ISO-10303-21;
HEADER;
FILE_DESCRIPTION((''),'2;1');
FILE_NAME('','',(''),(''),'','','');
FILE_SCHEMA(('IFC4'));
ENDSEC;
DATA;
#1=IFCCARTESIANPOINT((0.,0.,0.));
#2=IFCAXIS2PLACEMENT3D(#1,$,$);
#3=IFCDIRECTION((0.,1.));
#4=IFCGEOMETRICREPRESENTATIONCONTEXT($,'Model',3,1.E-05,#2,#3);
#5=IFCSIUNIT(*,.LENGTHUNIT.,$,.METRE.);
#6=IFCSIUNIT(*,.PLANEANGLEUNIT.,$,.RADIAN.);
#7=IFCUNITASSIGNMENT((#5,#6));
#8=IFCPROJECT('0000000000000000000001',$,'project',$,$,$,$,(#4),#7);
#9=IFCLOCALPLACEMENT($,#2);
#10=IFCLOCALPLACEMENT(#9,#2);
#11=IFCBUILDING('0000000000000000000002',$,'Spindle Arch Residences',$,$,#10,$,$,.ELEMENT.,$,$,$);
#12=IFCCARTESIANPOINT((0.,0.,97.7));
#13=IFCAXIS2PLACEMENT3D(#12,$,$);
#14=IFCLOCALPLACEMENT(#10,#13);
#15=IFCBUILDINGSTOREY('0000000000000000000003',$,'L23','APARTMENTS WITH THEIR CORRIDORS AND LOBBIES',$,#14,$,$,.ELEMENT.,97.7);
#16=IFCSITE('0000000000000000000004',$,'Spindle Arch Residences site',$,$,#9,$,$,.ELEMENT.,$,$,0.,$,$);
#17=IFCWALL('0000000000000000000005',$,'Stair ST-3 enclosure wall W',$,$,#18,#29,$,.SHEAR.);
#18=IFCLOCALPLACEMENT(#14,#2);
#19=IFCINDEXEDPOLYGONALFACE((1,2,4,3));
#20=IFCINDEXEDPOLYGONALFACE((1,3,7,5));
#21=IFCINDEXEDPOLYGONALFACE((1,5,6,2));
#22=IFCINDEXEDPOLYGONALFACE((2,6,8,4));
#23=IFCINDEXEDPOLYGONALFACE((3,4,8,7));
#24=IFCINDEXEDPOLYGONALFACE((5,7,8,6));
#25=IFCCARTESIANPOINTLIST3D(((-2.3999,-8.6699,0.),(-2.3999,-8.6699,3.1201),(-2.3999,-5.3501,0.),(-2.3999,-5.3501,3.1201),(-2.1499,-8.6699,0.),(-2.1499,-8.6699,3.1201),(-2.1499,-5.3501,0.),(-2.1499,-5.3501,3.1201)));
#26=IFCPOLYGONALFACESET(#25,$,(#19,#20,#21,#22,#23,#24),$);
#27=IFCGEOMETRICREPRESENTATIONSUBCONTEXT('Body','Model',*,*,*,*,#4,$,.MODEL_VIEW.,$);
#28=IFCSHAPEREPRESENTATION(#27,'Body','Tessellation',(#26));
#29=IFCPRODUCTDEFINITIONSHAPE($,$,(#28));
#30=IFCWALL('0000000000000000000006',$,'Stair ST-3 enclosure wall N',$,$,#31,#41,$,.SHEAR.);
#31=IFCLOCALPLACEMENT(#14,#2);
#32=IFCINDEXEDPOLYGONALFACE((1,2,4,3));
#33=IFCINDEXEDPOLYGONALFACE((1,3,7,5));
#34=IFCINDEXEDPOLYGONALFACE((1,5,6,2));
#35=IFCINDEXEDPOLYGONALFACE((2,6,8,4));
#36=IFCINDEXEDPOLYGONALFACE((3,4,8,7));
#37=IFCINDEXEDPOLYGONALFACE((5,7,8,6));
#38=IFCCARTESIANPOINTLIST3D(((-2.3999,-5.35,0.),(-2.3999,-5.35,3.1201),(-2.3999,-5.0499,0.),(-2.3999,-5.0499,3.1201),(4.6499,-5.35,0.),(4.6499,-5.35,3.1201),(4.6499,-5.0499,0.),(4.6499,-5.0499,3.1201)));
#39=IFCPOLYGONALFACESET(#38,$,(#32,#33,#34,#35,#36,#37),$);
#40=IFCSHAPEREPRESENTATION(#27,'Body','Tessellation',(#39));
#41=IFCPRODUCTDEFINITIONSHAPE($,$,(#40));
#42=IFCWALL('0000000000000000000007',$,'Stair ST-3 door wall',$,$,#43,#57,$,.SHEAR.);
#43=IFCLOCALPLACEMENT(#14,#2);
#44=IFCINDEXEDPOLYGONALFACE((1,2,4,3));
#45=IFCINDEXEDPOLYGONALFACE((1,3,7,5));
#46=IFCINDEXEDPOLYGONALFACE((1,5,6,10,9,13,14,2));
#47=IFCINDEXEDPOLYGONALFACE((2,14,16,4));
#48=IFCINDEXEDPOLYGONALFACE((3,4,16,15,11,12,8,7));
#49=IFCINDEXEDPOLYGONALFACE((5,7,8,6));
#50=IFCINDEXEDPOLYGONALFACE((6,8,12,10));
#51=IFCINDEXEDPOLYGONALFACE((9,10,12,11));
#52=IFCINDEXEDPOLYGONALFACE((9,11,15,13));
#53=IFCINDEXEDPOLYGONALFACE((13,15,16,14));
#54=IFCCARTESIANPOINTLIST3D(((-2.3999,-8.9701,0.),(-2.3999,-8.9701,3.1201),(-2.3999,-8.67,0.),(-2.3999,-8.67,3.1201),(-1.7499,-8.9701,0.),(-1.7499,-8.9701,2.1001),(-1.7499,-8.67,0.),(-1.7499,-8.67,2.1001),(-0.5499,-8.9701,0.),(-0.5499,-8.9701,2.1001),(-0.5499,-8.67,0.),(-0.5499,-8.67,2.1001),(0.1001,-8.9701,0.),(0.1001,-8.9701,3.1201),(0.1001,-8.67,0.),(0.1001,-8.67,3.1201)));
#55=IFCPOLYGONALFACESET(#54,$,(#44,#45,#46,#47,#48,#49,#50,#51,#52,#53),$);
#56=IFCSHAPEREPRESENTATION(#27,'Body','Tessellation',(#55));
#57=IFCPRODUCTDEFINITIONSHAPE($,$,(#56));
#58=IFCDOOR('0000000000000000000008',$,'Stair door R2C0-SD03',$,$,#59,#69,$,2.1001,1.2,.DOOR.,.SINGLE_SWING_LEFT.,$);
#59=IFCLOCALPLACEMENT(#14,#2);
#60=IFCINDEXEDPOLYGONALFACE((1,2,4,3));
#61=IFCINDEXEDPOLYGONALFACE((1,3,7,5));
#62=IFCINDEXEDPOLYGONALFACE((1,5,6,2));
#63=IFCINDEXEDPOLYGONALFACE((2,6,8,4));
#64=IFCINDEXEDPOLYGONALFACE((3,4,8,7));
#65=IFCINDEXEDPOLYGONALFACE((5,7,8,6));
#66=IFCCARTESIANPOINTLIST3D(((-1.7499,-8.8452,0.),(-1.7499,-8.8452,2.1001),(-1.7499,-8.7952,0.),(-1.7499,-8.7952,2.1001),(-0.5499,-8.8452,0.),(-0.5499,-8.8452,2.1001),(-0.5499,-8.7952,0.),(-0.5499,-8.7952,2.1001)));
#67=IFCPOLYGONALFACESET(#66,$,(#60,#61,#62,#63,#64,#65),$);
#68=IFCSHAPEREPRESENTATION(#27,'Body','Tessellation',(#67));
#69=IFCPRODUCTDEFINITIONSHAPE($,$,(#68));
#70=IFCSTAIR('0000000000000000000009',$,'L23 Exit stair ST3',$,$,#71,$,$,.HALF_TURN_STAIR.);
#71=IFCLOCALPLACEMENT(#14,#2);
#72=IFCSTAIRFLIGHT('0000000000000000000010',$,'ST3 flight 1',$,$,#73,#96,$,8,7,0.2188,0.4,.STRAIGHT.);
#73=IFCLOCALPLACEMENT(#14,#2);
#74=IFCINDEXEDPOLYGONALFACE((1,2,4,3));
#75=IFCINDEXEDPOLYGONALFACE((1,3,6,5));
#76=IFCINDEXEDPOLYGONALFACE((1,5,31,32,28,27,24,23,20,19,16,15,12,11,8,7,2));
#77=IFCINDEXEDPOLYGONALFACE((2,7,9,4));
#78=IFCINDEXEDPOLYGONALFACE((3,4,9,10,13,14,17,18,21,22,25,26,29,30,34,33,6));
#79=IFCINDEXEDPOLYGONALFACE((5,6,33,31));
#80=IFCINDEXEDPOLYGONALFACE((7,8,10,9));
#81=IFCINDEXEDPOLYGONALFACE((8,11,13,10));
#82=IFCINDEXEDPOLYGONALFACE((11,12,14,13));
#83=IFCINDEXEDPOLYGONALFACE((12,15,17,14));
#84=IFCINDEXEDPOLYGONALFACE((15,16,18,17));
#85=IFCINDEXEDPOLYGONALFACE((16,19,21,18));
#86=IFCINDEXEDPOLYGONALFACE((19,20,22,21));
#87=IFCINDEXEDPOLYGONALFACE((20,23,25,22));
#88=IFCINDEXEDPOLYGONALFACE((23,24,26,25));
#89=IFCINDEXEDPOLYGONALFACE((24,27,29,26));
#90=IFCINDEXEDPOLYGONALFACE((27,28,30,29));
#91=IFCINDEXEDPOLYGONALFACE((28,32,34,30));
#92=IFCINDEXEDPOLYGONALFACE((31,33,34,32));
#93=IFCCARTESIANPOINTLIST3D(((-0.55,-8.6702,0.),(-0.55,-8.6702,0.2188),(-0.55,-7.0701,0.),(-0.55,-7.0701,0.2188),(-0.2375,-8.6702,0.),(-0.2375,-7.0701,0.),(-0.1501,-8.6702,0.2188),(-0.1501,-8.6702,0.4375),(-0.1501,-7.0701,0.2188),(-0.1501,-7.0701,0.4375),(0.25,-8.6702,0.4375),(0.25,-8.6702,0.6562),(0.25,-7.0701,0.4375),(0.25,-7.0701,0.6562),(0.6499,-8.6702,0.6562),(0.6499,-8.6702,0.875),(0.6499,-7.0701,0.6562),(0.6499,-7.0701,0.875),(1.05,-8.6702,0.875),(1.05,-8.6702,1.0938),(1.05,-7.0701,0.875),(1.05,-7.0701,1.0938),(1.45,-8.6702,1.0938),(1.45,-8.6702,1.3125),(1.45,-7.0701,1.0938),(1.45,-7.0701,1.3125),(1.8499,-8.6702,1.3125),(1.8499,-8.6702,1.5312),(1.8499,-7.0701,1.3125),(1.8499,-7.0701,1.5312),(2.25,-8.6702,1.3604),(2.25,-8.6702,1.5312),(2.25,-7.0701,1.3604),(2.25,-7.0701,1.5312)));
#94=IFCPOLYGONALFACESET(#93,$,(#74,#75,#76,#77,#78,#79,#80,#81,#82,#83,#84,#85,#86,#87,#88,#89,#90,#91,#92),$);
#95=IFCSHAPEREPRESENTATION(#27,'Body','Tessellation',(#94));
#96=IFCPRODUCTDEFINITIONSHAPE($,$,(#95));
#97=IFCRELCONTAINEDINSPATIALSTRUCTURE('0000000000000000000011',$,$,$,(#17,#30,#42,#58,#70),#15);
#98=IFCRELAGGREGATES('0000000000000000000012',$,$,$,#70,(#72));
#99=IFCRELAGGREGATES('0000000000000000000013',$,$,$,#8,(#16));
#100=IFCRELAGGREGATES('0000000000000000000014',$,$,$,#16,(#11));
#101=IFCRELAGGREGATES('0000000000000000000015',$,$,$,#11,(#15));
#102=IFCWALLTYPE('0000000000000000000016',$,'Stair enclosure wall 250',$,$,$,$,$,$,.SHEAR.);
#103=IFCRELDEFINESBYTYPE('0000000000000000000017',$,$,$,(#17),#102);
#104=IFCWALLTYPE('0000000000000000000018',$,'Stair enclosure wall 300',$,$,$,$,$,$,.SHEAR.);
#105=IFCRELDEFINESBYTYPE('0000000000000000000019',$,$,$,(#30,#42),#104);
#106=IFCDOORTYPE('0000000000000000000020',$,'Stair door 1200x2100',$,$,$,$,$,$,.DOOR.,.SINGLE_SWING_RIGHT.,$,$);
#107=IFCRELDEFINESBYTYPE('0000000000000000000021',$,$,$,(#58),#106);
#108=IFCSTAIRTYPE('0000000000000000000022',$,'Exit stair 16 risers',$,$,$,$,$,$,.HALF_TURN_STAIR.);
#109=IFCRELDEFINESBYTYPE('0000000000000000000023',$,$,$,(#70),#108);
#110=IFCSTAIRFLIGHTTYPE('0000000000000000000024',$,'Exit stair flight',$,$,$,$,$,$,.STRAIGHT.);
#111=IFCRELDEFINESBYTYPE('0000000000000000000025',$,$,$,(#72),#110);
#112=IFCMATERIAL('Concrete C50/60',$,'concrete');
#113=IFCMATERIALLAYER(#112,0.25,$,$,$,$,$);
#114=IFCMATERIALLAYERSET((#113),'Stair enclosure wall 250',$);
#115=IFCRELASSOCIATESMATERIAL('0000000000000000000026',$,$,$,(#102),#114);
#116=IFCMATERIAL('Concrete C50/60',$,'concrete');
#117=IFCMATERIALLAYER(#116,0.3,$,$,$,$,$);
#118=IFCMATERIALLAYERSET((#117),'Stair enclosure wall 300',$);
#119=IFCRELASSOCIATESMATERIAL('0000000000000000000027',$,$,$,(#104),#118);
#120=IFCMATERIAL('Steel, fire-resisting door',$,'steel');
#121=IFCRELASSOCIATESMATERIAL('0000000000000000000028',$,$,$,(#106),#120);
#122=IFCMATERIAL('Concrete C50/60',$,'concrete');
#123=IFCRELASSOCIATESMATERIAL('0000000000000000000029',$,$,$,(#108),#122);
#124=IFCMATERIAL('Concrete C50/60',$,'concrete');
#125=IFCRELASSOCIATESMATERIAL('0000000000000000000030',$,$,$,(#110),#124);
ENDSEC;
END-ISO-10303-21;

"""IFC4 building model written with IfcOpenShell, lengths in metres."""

from ifc_helpers import new_model, si_unit, direction, frame, frame_2d, origin, place, context, subcontext, project, spatial, polyline, rectangle, outline, extrude, material, layer, layer_set, type_object, element, fill, aggregate, save


model = new_model("IFC4")

# Units and contexts
model_context = context("Model", 3, precision=1e-05, world=origin(), true_north=direction((0.0, 1.0)))
body_context = subcontext(model_context, "Body", "Model", "MODEL_VIEW")
ifc_project = project(units=[si_unit("LENGTHUNIT", "METRE"), si_unit("PLANEANGLEUNIT", "RADIAN")], contexts=[model_context])

# Site, building, storey
site_placement = place(None, origin())
site = spatial("IfcSite", under=ifc_project, at=site_placement, Name="Spindle Arch Residences site", CompositionType="ELEMENT", RefElevation=0.0)
building_placement = place(site_placement, origin())
building = spatial("IfcBuilding", under=site, at=building_placement, Name="Spindle Arch Residences", CompositionType="ELEMENT")
storey_placement = place(building_placement, frame((0.0, 0.0, 97.7)))
storey = spatial("IfcBuildingStorey", under=building, at=storey_placement, Name="L23", Description="APARTMENTS WITH THEIR CORRIDORS AND LOBBIES", CompositionType="ELEMENT", Elevation=97.7)

# Walls
ifc_material_1 = material(Name="Concrete C50/60", Category="concrete")
ifc_layer_1 = layer(ifc_material_1, 0.25)
ifc_layer_set_1 = layer_set([ifc_layer_1], Name="Stair enclosure wall 250")
wall_type_1 = type_object("IfcWallType", Name="Stair enclosure wall 250", PredefinedType="SHEAR", material=ifc_layer_set_1)
wall_1_placement = place(storey_placement, frame((-2.2749, -8.6699, 0.0), z_axis=(0.0, 0.0, 1.0), x_axis=(0.0, 1.0, 0.0)))
element("IfcWall", 1, at=wall_1_placement, inside=storey, type_object=wall_type_1, Name="Stair ST-3 enclosure wall W", PredefinedType="SHEAR", context=body_context, shape_type="SweptSolid", body=[
    extrude(rectangle(XDim=3.3198, YDim=0.25, at=frame_2d((1.6599, 0.0))), origin(), (0.0, 0.0, 1.0), 3.1201),
])
ifc_material_2 = material(Name="Concrete C50/60", Category="concrete")
ifc_layer_2 = layer(ifc_material_2, 0.3)
ifc_layer_set_2 = layer_set([ifc_layer_2], Name="Stair enclosure wall 300")
wall_type_2 = type_object("IfcWallType", Name="Stair enclosure wall 300", PredefinedType="SHEAR", material=ifc_layer_set_2)
wall_2_placement = place(storey_placement, frame((-2.3999, -5.2, 0.0), z_axis=(0.0, 0.0, 1.0), x_axis=(1.0, 0.0, 0.0)))
element("IfcWall", 2, at=wall_2_placement, inside=storey, type_object=wall_type_2, Name="Stair ST-3 enclosure wall N", PredefinedType="SHEAR", context=body_context, shape_type="SweptSolid", body=[
    extrude(rectangle(XDim=7.0498, YDim=0.3, at=frame_2d((3.5249, 0.0))), origin(), (0.0, 0.0, 1.0), 3.1201),
])

# Wall, opening, door
wall_3_placement = place(storey_placement, frame((-2.3999, -8.8201, 0.0), z_axis=(0.0, 0.0, 1.0), x_axis=(1.0, 0.0, 0.0)))
wall_3 = element("IfcWall", 3, at=wall_3_placement, inside=storey, type_object=wall_type_2, Name="Stair ST-3 door wall", PredefinedType="SHEAR", context=body_context, shape_type="SweptSolid", body=[
    extrude(rectangle(XDim=2.5, YDim=0.3, at=frame_2d((1.25, 0.0))), origin(), (0.0, 0.0, 1.0), 3.1201),
])
opening_1_placement = place(wall_3_placement, frame((0.6499, 0.0, 0.0)))
opening_1 = element("IfcOpeningElement", 4, at=opening_1_placement, cuts=wall_3, PredefinedType="OPENING", context=body_context, shape_type="SweptSolid", body=[
    extrude(rectangle(XDim=1.2, YDim=2.1001, at=frame_2d((0.6001, 1.05))), frame((0.0, 0.1602, 0.0), z_axis=(0.0, -1.0, 0.0), x_axis=(1.0, 0.0, 0.0)), (0.0, 0.0, 1.0), 0.3201),
])
ifc_material_3 = material(Name="Steel, fire-resisting door", Category="steel")
door_type_1 = type_object("IfcDoorType", Name="Stair door 1200x2100", OperationType="SINGLE_SWING_RIGHT", PredefinedType="DOOR", material=ifc_material_3)
door_1_placement = place(opening_1_placement, origin())
door_1 = element("IfcDoor", 5, at=door_1_placement, inside=storey, type_object=door_type_1, Name="Stair door R2C0-SD03", OperationType="SINGLE_SWING_LEFT", OverallHeight=2.1001, OverallWidth=1.2, PredefinedType="DOOR", context=body_context, shape_type="SweptSolid", body=[
    extrude(rectangle(XDim=1.2, YDim=2.1001, at=frame_2d((0.6001, 1.05))), frame((0.0, 0.0249, 0.0), z_axis=(0.0, -1.0, 0.0), x_axis=(1.0, 0.0, 0.0)), (0.0, 0.0, 1.0), 0.05),
])
fill(opening_1, door_1)

# Stair, stair flight
ifc_material_4 = material(Name="Concrete C50/60", Category="concrete")
stair_type = type_object("IfcStairType", Name="Exit stair 16 risers", PredefinedType="HALF_TURN_STAIR", material=ifc_material_4)
stair_placement = place(storey_placement, origin())
stair = element("IfcStair", 6, at=stair_placement, inside=storey, type_object=stair_type, Name="L23 Exit stair ST3", PredefinedType="HALF_TURN_STAIR")
ifc_material_5 = material(Name="Concrete C50/60", Category="concrete")
stair_flight_type = type_object("IfcStairFlightType", Name="Exit stair flight", PredefinedType="STRAIGHT", material=ifc_material_5)
stair_flight_placement = place(storey_placement, frame((-0.55, -7.8701, 0.0), z_axis=(0.0, 0.0, 1.0), x_axis=(1.0, 0.0, 0.0)))
stair_flight = element("IfcStairFlight", 7, at=stair_flight_placement, type_object=stair_flight_type, Name="ST3 flight 1", NumberOfRisers=8, NumberOfTreads=7, PredefinedType="STRAIGHT", RiserHeight=0.2188, TreadLength=0.4, context=body_context, shape_type="SweptSolid", body=[
    extrude(outline(polyline([(0.0, 0.0), (0.0, 0.2188), (0.3999, 0.2188), (0.3999, 0.4375), (0.8, 0.4375), (0.8, 0.6562), (1.2, 0.6562), (1.2, 0.875), (1.6001, 0.875), (1.6001, 1.0938), (2.0, 1.0938), (2.0, 1.3125), (2.3999, 1.3125), (2.3999, 1.5312), (2.8, 1.5312), (2.8, 1.75), (2.8, 1.3604), (0.3125, 0.0), (0.0, 0.0)])), frame((0.0, 0.8, 0.0), z_axis=(0.0, -1.0, 0.0), x_axis=(1.0, 0.0, 0.0)), (0.0, 0.0, 1.0), 1.6001),
])
aggregate(stair, [stair_flight])

save(model, "model.ifc")
